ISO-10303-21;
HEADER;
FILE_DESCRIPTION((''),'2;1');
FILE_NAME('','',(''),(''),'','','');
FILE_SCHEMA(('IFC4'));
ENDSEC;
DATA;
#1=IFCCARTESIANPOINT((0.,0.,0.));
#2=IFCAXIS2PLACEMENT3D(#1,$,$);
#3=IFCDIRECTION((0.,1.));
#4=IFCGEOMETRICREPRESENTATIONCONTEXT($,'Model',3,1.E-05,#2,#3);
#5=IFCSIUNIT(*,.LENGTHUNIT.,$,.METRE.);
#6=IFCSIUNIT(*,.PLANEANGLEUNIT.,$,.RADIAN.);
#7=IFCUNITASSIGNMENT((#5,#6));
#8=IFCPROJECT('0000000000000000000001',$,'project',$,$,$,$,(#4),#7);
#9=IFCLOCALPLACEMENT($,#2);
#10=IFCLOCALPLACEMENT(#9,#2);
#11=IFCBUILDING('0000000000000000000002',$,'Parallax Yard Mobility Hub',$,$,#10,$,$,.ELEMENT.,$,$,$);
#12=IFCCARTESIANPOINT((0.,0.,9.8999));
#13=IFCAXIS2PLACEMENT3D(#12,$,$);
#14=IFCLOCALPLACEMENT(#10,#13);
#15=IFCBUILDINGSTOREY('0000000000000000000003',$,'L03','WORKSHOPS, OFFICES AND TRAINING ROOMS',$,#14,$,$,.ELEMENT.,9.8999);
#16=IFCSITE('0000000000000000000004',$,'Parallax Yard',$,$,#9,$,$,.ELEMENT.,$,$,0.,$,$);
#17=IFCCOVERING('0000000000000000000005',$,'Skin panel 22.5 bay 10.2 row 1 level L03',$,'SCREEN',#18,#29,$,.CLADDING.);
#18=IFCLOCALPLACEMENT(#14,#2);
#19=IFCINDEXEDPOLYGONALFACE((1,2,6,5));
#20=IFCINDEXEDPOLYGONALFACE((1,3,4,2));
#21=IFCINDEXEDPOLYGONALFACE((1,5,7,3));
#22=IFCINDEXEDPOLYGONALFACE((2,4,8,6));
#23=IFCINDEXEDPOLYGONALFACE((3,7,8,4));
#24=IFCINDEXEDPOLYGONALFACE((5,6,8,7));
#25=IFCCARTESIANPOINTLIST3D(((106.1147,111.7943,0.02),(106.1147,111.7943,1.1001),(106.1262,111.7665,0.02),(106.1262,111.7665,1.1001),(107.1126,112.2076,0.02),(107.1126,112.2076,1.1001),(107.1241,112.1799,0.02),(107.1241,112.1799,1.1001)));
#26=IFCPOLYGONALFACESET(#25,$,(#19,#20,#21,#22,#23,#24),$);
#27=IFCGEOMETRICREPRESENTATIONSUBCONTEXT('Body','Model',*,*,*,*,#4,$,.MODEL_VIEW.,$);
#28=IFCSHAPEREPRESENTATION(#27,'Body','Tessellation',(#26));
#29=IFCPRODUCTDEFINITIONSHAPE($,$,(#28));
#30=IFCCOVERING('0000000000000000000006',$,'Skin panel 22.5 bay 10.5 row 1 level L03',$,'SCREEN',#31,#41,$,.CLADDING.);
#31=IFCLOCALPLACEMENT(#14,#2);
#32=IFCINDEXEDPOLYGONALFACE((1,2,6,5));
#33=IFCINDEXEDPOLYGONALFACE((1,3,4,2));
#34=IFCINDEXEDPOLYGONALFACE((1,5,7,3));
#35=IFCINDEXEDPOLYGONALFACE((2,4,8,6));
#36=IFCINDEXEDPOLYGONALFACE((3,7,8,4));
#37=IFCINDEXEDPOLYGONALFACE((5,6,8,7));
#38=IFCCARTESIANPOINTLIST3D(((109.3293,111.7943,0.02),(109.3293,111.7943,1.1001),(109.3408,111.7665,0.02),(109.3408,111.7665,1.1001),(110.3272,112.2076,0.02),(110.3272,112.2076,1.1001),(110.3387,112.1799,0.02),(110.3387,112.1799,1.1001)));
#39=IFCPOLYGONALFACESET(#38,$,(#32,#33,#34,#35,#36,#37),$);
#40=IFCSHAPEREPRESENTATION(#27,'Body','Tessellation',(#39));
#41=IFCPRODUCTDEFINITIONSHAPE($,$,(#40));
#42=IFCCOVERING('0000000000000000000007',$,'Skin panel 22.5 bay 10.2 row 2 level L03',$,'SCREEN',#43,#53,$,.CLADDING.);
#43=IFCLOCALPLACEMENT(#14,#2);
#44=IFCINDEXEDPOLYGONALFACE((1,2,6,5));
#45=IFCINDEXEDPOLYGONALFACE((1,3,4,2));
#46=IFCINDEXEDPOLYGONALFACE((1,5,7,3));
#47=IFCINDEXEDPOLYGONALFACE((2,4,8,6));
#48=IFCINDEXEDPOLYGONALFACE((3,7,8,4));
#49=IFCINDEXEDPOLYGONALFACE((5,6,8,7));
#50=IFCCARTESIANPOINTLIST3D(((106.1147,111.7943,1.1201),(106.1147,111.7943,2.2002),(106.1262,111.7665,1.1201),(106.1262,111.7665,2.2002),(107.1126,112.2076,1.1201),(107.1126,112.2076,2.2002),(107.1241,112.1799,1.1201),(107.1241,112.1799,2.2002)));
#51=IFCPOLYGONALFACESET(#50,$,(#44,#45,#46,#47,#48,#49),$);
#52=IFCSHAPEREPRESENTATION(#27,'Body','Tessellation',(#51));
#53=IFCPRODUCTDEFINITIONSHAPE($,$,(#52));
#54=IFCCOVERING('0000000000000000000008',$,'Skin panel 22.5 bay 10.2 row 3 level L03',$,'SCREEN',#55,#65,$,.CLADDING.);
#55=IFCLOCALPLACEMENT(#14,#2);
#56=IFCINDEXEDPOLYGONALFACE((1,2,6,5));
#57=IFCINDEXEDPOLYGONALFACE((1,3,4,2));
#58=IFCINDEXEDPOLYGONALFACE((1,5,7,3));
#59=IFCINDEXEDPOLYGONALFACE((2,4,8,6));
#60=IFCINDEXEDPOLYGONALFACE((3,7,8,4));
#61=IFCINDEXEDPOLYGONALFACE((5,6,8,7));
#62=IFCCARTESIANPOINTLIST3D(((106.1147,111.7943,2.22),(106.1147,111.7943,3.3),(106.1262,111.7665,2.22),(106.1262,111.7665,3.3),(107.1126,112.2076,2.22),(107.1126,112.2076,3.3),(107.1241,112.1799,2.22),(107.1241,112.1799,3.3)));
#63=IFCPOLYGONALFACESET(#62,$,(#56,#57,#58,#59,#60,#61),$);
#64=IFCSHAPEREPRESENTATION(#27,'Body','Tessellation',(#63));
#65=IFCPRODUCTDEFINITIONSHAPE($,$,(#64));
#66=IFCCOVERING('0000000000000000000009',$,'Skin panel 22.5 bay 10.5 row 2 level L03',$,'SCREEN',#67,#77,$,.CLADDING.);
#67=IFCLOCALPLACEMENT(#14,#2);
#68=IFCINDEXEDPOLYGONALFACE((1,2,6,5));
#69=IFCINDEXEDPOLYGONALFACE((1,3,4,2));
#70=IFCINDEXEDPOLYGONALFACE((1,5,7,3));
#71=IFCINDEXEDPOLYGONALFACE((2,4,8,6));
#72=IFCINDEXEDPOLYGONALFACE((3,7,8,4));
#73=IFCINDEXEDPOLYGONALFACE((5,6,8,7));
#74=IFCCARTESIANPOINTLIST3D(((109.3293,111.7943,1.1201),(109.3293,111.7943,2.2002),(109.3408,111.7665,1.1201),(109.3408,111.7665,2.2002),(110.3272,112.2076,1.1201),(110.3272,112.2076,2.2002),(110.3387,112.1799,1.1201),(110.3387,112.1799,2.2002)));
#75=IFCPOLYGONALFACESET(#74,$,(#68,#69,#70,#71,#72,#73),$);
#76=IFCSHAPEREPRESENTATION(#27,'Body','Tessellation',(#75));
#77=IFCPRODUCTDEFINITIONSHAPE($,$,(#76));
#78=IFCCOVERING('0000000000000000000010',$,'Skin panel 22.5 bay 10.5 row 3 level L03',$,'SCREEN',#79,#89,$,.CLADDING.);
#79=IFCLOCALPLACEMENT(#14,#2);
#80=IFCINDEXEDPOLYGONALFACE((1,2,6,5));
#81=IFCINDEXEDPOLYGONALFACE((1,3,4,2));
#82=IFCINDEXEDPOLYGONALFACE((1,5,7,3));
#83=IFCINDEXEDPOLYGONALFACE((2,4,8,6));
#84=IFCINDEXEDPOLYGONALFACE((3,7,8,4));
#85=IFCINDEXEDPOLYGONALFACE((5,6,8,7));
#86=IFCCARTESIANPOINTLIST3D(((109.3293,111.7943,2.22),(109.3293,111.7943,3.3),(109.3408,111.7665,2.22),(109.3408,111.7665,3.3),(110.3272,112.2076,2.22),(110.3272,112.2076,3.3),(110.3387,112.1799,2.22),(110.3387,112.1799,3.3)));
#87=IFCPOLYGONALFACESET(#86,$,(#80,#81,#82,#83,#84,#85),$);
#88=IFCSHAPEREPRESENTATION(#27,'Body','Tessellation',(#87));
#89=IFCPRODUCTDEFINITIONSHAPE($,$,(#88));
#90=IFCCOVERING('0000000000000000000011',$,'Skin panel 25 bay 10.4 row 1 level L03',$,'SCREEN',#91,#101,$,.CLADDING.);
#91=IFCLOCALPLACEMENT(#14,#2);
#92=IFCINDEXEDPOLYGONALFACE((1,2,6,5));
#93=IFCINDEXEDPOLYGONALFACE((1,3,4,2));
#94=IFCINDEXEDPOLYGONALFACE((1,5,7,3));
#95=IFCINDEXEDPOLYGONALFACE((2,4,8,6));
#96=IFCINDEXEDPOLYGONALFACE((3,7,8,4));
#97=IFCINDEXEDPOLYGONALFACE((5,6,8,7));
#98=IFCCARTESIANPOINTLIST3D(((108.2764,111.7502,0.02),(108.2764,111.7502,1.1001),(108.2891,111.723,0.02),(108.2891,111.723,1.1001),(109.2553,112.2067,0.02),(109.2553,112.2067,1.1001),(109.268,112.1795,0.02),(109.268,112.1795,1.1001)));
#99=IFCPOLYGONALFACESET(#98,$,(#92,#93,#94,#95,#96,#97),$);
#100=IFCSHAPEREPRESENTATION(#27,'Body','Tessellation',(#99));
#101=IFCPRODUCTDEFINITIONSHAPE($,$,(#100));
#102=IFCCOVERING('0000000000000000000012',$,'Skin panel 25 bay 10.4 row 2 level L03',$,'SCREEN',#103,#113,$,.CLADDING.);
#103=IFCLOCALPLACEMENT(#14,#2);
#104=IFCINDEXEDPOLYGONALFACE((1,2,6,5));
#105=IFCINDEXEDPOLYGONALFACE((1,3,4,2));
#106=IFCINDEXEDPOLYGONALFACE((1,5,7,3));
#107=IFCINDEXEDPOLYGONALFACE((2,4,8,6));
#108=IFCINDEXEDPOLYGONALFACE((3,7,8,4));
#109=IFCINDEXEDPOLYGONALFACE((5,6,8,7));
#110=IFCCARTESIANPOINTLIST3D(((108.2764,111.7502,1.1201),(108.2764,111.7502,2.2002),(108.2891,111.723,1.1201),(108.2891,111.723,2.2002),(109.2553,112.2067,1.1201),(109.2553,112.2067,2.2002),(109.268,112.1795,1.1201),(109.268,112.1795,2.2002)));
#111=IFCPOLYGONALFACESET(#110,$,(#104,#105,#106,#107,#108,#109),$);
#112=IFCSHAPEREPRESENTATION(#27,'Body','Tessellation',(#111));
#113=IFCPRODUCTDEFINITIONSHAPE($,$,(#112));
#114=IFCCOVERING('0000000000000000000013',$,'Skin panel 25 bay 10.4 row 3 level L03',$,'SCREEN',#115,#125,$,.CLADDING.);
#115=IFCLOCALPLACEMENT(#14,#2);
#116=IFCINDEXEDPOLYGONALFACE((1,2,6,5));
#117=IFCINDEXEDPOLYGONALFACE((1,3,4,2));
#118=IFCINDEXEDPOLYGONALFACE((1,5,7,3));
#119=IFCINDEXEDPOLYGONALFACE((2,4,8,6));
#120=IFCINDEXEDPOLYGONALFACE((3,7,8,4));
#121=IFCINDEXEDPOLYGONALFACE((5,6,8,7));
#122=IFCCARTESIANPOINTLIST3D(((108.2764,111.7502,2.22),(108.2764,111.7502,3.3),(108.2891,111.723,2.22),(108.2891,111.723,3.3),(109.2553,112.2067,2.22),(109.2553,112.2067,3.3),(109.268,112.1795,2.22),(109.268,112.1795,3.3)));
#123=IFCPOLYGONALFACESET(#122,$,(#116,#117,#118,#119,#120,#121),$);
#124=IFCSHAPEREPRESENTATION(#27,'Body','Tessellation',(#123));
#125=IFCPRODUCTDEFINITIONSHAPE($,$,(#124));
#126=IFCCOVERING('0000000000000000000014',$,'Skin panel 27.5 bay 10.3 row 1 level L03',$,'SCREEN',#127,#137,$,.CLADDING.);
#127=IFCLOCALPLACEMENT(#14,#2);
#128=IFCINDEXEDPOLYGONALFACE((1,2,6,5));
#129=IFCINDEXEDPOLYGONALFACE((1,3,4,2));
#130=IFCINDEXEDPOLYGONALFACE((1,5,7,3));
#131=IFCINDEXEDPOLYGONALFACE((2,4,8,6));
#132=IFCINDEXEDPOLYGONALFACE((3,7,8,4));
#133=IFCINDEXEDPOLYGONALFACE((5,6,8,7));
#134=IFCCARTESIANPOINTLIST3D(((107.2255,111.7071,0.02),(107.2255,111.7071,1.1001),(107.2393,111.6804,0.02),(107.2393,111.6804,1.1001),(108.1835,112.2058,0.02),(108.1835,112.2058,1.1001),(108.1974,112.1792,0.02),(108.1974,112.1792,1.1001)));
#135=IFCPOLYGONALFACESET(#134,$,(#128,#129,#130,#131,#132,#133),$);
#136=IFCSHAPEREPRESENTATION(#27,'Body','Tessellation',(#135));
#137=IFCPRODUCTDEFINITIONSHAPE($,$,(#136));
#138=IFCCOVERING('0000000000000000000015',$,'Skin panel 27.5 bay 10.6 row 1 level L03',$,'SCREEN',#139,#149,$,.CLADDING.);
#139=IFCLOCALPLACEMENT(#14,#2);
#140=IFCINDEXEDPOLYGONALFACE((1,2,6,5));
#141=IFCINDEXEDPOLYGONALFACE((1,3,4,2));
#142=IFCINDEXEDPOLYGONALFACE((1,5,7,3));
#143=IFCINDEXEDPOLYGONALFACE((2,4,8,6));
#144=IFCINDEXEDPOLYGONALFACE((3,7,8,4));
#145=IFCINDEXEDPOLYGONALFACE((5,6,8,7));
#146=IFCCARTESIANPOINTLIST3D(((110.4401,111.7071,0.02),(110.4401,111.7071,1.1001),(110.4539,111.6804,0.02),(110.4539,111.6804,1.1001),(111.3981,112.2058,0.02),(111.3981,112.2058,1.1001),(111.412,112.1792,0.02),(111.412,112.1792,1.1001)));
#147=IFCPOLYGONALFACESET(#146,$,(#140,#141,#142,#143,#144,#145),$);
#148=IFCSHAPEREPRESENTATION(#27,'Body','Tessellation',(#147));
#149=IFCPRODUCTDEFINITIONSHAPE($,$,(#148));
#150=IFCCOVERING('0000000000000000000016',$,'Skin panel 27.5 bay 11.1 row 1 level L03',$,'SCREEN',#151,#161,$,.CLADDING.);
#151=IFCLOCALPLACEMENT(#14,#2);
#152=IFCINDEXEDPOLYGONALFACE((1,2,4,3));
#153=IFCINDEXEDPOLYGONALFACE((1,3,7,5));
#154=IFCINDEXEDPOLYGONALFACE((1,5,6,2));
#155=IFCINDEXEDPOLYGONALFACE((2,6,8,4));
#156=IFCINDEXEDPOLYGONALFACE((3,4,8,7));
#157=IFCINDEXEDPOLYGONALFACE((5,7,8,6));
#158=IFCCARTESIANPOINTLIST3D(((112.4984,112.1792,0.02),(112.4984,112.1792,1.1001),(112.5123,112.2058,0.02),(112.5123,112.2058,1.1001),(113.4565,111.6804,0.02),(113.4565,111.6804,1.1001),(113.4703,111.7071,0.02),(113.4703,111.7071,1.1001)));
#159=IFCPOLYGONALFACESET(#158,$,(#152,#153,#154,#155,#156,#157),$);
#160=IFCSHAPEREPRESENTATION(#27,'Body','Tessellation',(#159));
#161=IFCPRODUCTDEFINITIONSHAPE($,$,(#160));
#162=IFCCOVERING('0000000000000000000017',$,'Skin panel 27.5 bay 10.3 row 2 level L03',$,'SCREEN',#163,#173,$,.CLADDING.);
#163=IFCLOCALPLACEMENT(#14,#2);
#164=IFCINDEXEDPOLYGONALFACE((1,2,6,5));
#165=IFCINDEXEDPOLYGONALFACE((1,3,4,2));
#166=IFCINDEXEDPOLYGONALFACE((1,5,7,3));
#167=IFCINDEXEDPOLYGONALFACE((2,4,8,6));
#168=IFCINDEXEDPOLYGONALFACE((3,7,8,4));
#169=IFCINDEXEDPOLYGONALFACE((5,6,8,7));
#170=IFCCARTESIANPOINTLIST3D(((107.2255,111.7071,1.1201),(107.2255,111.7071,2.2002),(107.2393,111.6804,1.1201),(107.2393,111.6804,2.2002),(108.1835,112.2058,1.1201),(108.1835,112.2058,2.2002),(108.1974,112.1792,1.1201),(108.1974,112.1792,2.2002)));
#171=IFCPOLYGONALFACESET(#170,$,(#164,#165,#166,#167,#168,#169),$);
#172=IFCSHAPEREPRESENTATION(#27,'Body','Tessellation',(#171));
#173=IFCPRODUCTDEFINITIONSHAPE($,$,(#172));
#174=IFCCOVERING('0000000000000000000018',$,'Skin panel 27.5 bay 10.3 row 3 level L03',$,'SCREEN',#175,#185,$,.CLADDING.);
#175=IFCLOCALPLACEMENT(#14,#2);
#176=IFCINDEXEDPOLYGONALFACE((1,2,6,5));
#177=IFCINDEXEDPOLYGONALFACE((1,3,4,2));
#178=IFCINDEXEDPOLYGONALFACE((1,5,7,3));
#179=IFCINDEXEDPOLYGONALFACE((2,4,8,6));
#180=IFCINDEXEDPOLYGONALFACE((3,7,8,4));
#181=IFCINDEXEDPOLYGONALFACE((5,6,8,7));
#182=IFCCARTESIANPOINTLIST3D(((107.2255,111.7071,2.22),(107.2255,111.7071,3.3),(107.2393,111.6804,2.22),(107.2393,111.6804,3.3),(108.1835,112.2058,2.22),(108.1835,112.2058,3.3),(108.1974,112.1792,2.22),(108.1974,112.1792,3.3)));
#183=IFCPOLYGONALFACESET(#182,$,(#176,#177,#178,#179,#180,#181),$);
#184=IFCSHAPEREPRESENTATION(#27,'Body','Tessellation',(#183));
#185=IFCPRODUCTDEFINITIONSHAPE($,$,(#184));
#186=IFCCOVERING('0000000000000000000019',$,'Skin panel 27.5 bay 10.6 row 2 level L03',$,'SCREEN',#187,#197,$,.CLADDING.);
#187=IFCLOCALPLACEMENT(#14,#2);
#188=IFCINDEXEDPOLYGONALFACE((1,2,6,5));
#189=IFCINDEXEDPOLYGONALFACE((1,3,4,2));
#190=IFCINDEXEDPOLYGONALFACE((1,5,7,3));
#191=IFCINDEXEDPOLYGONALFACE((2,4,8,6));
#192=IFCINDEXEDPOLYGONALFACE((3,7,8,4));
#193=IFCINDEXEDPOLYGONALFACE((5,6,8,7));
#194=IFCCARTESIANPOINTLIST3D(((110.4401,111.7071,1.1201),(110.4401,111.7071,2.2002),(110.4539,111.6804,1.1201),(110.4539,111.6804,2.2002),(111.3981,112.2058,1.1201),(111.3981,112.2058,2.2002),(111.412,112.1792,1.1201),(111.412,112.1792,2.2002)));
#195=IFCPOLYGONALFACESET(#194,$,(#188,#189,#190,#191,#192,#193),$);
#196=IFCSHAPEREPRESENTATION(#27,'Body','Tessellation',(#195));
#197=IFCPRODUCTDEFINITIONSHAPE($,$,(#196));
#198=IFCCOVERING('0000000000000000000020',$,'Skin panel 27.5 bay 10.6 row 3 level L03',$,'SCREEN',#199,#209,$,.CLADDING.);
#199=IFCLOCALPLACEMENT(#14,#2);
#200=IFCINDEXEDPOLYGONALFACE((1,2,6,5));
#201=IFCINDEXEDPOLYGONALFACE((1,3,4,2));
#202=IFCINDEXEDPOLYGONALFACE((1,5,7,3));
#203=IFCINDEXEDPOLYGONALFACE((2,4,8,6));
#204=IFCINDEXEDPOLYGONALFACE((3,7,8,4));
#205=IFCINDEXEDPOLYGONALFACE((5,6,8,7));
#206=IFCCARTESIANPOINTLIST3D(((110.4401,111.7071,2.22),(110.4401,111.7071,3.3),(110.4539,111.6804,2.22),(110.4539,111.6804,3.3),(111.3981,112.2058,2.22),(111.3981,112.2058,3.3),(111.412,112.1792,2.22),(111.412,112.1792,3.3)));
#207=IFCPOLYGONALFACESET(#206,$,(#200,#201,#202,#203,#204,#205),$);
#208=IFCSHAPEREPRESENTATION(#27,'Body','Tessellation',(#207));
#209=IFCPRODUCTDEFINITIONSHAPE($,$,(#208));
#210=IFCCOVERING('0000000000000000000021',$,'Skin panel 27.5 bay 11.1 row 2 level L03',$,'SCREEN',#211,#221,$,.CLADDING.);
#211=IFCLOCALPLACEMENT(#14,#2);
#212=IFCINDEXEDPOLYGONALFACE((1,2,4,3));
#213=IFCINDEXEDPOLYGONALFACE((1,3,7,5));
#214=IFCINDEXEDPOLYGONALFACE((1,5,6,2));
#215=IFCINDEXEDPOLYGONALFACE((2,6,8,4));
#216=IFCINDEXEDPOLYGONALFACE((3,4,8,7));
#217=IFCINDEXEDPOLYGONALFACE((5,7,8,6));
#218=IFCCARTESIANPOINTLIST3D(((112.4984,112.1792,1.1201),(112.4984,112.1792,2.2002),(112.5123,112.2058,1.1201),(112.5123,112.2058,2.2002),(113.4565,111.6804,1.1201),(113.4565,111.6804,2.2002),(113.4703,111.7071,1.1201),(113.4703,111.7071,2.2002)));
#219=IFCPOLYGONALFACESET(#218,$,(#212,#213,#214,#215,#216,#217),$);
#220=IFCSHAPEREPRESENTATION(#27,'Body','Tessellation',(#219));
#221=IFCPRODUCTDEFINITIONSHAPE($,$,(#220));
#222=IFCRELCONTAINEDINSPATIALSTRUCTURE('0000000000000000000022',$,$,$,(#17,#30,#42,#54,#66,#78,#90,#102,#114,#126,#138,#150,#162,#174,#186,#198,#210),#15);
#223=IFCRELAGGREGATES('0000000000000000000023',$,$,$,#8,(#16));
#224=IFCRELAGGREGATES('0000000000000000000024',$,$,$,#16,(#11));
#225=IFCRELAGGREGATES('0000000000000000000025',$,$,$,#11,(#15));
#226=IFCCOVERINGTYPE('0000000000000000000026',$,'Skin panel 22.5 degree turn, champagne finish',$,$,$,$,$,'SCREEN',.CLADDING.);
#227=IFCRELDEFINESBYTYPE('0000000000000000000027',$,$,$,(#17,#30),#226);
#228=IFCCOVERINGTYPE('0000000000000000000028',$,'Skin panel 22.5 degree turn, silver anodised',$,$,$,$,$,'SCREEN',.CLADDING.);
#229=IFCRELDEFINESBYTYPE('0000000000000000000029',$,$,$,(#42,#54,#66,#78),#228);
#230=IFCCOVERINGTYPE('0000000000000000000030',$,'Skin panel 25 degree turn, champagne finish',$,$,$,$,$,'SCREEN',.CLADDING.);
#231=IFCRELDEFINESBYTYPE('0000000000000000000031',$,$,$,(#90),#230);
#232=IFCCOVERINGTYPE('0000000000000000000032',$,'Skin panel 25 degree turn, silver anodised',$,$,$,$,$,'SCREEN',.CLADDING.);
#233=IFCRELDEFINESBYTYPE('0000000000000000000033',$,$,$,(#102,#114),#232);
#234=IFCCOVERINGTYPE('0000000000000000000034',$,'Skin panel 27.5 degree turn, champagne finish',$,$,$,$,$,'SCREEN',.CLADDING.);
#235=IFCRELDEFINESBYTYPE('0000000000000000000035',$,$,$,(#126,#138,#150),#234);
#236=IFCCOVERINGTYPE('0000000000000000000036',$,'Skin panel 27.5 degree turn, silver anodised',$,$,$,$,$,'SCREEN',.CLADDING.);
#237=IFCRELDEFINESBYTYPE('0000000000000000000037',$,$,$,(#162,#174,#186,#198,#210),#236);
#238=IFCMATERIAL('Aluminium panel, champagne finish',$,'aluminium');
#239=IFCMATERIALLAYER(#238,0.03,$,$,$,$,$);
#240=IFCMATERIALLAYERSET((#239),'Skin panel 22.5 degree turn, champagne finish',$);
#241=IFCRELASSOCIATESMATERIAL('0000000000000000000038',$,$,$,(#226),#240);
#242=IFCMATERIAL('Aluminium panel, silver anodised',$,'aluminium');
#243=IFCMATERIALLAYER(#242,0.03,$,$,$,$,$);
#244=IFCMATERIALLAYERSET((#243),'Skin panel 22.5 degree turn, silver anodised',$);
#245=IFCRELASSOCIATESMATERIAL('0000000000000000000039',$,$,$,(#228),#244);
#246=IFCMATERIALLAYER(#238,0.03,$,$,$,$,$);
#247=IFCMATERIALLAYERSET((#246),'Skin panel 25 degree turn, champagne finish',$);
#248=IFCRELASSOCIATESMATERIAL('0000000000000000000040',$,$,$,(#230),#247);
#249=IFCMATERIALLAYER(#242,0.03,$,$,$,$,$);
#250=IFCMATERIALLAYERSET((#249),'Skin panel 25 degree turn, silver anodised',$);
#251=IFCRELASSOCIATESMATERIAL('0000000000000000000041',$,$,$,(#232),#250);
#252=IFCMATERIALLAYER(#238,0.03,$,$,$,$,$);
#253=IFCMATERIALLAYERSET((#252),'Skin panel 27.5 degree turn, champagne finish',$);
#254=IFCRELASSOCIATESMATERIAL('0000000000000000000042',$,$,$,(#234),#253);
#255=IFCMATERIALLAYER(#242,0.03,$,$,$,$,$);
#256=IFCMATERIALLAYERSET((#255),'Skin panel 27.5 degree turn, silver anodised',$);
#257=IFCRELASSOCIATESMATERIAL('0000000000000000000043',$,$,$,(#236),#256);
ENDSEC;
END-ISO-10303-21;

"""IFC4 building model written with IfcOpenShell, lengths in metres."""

from ifc_helpers import new_model, si_unit, direction, frame, origin, origin_2d, place, context, subcontext, project, spatial, rectangle, extrude, material, layer, layer_set, type_object, element, save


model = new_model("IFC4")

# Units and contexts
model_context = context("Model", 3, precision=1e-05, world=origin(), true_north=direction((0.0, 1.0)))
body_context = subcontext(model_context, "Body", "Model", "MODEL_VIEW")
ifc_project = project(units=[si_unit("LENGTHUNIT", "METRE"), si_unit("PLANEANGLEUNIT", "RADIAN")], contexts=[model_context])

# Site, building, storey
site_placement = place(None, origin())
site = spatial("IfcSite", under=ifc_project, at=site_placement, Name="Parallax Yard", CompositionType="ELEMENT", RefElevation=0.0)
building_placement = place(site_placement, origin())
building = spatial("IfcBuilding", under=site, at=building_placement, Name="Parallax Yard Mobility Hub", CompositionType="ELEMENT")
storey_placement = place(building_placement, frame((0.0, 0.0, 9.8999)))
storey = spatial("IfcBuildingStorey", under=building, at=storey_placement, Name="L03", Description="WORKSHOPS, OFFICES AND TRAINING ROOMS", CompositionType="ELEMENT", Elevation=9.8999)

# Coverings
ifc_material_1 = material(Name="Aluminium panel, champagne finish", Category="aluminium")
ifc_layer_1 = layer(ifc_material_1, 0.03)
ifc_layer_set_1 = layer_set([ifc_layer_1], Name="Skin panel 22.5 degree turn, champagne finish")
covering_type_1 = type_object("IfcCoveringType", Name="Skin panel 22.5 degree turn, champagne finish", ElementType="SCREEN", PredefinedType="CLADDING", material=ifc_layer_set_1)
for number, where, z_axis, x_axis, name in (
    (1, (106.6194, 111.9871, 0.02), (0.0, 0.0, 1.0), (-0.92388, -0.382683, 0.0), "Skin panel 22.5 bay 10.2 row 1 level L03"),
    (2, (109.834, 111.9871, 0.02), (0.0, 0.0, 1.0), (-0.92388, -0.382683, 0.0), "Skin panel 22.5 bay 10.5 row 1 level L03"),
):
    element("IfcCovering", number, at=place(storey_placement, frame(where, z_axis=z_axis, x_axis=x_axis)), inside=storey, type_object=covering_type_1, Name=name, ObjectType="SCREEN", PredefinedType="CLADDING", context=body_context, shape_type="SweptSolid", body=[
        extrude(rectangle(XDim=1.0801, YDim=0.03, at=origin_2d()), origin(), (0.0, 0.0, 1.0), 1.0801),
    ])
ifc_material_2 = material(Name="Aluminium panel, silver anodised", Category="aluminium")
ifc_layer_2 = layer(ifc_material_2, 0.03)
ifc_layer_set_2 = layer_set([ifc_layer_2], Name="Skin panel 22.5 degree turn, silver anodised")
covering_type_2 = type_object("IfcCoveringType", Name="Skin panel 22.5 degree turn, silver anodised", ElementType="SCREEN", PredefinedType="CLADDING", material=ifc_layer_set_2)
for number, where, z_axis, x_axis, name in (
    (3, (106.6194, 111.9871, 1.1201), (0.0, 0.0, 1.0), (-0.92388, -0.382683, 0.0), "Skin panel 22.5 bay 10.2 row 2 level L03"),
    (4, (106.6194, 111.9871, 2.22), (0.0, 0.0, 1.0), (-0.92388, -0.382683, 0.0), "Skin panel 22.5 bay 10.2 row 3 level L03"),
    (5, (109.834, 111.9871, 1.1201), (0.0, 0.0, 1.0), (-0.92388, -0.382683, 0.0), "Skin panel 22.5 bay 10.5 row 2 level L03"),
    (6, (109.834, 111.9871, 2.22), (0.0, 0.0, 1.0), (-0.92388, -0.382683, 0.0), "Skin panel 22.5 bay 10.5 row 3 level L03"),
):
    element("IfcCovering", number, at=place(storey_placement, frame(where, z_axis=z_axis, x_axis=x_axis)), inside=storey, type_object=covering_type_2, Name=name, ObjectType="SCREEN", PredefinedType="CLADDING", context=body_context, shape_type="SweptSolid", body=[
        extrude(rectangle(XDim=1.0801, YDim=0.03, at=origin_2d()), origin(), (0.0, 0.0, 1.0), 1.0801),
    ])
ifc_layer_3 = layer(ifc_material_1, 0.03)
ifc_layer_set_3 = layer_set([ifc_layer_3], Name="Skin panel 25 degree turn, champagne finish")
covering_type_3 = type_object("IfcCoveringType", Name="Skin panel 25 degree turn, champagne finish", ElementType="SCREEN", PredefinedType="CLADDING", material=ifc_layer_set_3)
covering_placement = place(storey_placement, frame((108.7722, 111.9648, 0.02), z_axis=(0.0, 0.0, 1.0), x_axis=(-0.906308, -0.422618, 0.0)))
element("IfcCovering", 7, at=covering_placement, inside=storey, type_object=covering_type_3, Name="Skin panel 25 bay 10.4 row 1 level L03", ObjectType="SCREEN", PredefinedType="CLADDING", context=body_context, shape_type="SweptSolid", body=[
    extrude(rectangle(XDim=1.0801, YDim=0.03, at=origin_2d()), origin(), (0.0, 0.0, 1.0), 1.0801),
])
ifc_layer_4 = layer(ifc_material_2, 0.03)
ifc_layer_set_4 = layer_set([ifc_layer_4], Name="Skin panel 25 degree turn, silver anodised")
covering_type_4 = type_object("IfcCoveringType", Name="Skin panel 25 degree turn, silver anodised", ElementType="SCREEN", PredefinedType="CLADDING", material=ifc_layer_set_4)
for number, where, z_axis, x_axis, name in (
    (8, (108.7722, 111.9648, 1.1201), (0.0, 0.0, 1.0), (-0.906308, -0.422618, 0.0), "Skin panel 25 bay 10.4 row 2 level L03"),
    (9, (108.7722, 111.9648, 2.22), (0.0, 0.0, 1.0), (-0.906308, -0.422618, 0.0), "Skin panel 25 bay 10.4 row 3 level L03"),
):
    element("IfcCovering", number, at=place(storey_placement, frame(where, z_axis=z_axis, x_axis=x_axis)), inside=storey, type_object=covering_type_4, Name=name, ObjectType="SCREEN", PredefinedType="CLADDING", context=body_context, shape_type="SweptSolid", body=[
        extrude(rectangle(XDim=1.0801, YDim=0.03, at=origin_2d()), origin(), (0.0, 0.0, 1.0), 1.0801),
    ])
ifc_layer_5 = layer(ifc_material_1, 0.03)
ifc_layer_set_5 = layer_set([ifc_layer_5], Name="Skin panel 27.5 degree turn, champagne finish")
covering_type_5 = type_object("IfcCoveringType", Name="Skin panel 27.5 degree turn, champagne finish", ElementType="SCREEN", PredefinedType="CLADDING", material=ifc_layer_set_5)
for number, where, z_axis, x_axis, name in (
    (10, (107.7114, 111.9431, 0.02), (0.0, 0.0, 1.0), (-0.887011, -0.461749, 0.0), "Skin panel 27.5 bay 10.3 row 1 level L03"),
    (11, (110.926, 111.9431, 0.02), (0.0, 0.0, 1.0), (-0.887011, -0.461749, 0.0), "Skin panel 27.5 bay 10.6 row 1 level L03"),
    (12, (112.9844, 111.9431, 0.02), (0.0, 0.0, 1.0), (0.887011, -0.461749, 0.0), "Skin panel 27.5 bay 11.1 row 1 level L03"),
):
    element("IfcCovering", number, at=place(storey_placement, frame(where, z_axis=z_axis, x_axis=x_axis)), inside=storey, type_object=covering_type_5, Name=name, ObjectType="SCREEN", PredefinedType="CLADDING", context=body_context, shape_type="SweptSolid", body=[
        extrude(rectangle(XDim=1.0801, YDim=0.03, at=origin_2d()), origin(), (0.0, 0.0, 1.0), 1.0801),
    ])
ifc_layer_6 = layer(ifc_material_2, 0.03)
ifc_layer_set_6 = layer_set([ifc_layer_6], Name="Skin panel 27.5 degree turn, silver anodised")
covering_type_6 = type_object("IfcCoveringType", Name="Skin panel 27.5 degree turn, silver anodised", ElementType="SCREEN", PredefinedType="CLADDING", material=ifc_layer_set_6)
for number, where, z_axis, x_axis, name in (
    (13, (107.7114, 111.9431, 1.1201), (0.0, 0.0, 1.0), (-0.887011, -0.461749, 0.0), "Skin panel 27.5 bay 10.3 row 2 level L03"),
    (14, (107.7114, 111.9431, 2.22), (0.0, 0.0, 1.0), (-0.887011, -0.461749, 0.0), "Skin panel 27.5 bay 10.3 row 3 level L03"),
    (15, (110.926, 111.9431, 1.1201), (0.0, 0.0, 1.0), (-0.887011, -0.461749, 0.0), "Skin panel 27.5 bay 10.6 row 2 level L03"),
    (16, (110.926, 111.9431, 2.22), (0.0, 0.0, 1.0), (-0.887011, -0.461749, 0.0), "Skin panel 27.5 bay 10.6 row 3 level L03"),
    (17, (112.9844, 111.9431, 1.1201), (0.0, 0.0, 1.0), (0.887011, -0.461749, 0.0), "Skin panel 27.5 bay 11.1 row 2 level L03"),
):
    element("IfcCovering", number, at=place(storey_placement, frame(where, z_axis=z_axis, x_axis=x_axis)), inside=storey, type_object=covering_type_6, Name=name, ObjectType="SCREEN", PredefinedType="CLADDING", context=body_context, shape_type="SweptSolid", body=[
        extrude(rectangle(XDim=1.0801, YDim=0.03, at=origin_2d()), origin(), (0.0, 0.0, 1.0), 1.0801),
    ])

save(model, "model.ifc")
